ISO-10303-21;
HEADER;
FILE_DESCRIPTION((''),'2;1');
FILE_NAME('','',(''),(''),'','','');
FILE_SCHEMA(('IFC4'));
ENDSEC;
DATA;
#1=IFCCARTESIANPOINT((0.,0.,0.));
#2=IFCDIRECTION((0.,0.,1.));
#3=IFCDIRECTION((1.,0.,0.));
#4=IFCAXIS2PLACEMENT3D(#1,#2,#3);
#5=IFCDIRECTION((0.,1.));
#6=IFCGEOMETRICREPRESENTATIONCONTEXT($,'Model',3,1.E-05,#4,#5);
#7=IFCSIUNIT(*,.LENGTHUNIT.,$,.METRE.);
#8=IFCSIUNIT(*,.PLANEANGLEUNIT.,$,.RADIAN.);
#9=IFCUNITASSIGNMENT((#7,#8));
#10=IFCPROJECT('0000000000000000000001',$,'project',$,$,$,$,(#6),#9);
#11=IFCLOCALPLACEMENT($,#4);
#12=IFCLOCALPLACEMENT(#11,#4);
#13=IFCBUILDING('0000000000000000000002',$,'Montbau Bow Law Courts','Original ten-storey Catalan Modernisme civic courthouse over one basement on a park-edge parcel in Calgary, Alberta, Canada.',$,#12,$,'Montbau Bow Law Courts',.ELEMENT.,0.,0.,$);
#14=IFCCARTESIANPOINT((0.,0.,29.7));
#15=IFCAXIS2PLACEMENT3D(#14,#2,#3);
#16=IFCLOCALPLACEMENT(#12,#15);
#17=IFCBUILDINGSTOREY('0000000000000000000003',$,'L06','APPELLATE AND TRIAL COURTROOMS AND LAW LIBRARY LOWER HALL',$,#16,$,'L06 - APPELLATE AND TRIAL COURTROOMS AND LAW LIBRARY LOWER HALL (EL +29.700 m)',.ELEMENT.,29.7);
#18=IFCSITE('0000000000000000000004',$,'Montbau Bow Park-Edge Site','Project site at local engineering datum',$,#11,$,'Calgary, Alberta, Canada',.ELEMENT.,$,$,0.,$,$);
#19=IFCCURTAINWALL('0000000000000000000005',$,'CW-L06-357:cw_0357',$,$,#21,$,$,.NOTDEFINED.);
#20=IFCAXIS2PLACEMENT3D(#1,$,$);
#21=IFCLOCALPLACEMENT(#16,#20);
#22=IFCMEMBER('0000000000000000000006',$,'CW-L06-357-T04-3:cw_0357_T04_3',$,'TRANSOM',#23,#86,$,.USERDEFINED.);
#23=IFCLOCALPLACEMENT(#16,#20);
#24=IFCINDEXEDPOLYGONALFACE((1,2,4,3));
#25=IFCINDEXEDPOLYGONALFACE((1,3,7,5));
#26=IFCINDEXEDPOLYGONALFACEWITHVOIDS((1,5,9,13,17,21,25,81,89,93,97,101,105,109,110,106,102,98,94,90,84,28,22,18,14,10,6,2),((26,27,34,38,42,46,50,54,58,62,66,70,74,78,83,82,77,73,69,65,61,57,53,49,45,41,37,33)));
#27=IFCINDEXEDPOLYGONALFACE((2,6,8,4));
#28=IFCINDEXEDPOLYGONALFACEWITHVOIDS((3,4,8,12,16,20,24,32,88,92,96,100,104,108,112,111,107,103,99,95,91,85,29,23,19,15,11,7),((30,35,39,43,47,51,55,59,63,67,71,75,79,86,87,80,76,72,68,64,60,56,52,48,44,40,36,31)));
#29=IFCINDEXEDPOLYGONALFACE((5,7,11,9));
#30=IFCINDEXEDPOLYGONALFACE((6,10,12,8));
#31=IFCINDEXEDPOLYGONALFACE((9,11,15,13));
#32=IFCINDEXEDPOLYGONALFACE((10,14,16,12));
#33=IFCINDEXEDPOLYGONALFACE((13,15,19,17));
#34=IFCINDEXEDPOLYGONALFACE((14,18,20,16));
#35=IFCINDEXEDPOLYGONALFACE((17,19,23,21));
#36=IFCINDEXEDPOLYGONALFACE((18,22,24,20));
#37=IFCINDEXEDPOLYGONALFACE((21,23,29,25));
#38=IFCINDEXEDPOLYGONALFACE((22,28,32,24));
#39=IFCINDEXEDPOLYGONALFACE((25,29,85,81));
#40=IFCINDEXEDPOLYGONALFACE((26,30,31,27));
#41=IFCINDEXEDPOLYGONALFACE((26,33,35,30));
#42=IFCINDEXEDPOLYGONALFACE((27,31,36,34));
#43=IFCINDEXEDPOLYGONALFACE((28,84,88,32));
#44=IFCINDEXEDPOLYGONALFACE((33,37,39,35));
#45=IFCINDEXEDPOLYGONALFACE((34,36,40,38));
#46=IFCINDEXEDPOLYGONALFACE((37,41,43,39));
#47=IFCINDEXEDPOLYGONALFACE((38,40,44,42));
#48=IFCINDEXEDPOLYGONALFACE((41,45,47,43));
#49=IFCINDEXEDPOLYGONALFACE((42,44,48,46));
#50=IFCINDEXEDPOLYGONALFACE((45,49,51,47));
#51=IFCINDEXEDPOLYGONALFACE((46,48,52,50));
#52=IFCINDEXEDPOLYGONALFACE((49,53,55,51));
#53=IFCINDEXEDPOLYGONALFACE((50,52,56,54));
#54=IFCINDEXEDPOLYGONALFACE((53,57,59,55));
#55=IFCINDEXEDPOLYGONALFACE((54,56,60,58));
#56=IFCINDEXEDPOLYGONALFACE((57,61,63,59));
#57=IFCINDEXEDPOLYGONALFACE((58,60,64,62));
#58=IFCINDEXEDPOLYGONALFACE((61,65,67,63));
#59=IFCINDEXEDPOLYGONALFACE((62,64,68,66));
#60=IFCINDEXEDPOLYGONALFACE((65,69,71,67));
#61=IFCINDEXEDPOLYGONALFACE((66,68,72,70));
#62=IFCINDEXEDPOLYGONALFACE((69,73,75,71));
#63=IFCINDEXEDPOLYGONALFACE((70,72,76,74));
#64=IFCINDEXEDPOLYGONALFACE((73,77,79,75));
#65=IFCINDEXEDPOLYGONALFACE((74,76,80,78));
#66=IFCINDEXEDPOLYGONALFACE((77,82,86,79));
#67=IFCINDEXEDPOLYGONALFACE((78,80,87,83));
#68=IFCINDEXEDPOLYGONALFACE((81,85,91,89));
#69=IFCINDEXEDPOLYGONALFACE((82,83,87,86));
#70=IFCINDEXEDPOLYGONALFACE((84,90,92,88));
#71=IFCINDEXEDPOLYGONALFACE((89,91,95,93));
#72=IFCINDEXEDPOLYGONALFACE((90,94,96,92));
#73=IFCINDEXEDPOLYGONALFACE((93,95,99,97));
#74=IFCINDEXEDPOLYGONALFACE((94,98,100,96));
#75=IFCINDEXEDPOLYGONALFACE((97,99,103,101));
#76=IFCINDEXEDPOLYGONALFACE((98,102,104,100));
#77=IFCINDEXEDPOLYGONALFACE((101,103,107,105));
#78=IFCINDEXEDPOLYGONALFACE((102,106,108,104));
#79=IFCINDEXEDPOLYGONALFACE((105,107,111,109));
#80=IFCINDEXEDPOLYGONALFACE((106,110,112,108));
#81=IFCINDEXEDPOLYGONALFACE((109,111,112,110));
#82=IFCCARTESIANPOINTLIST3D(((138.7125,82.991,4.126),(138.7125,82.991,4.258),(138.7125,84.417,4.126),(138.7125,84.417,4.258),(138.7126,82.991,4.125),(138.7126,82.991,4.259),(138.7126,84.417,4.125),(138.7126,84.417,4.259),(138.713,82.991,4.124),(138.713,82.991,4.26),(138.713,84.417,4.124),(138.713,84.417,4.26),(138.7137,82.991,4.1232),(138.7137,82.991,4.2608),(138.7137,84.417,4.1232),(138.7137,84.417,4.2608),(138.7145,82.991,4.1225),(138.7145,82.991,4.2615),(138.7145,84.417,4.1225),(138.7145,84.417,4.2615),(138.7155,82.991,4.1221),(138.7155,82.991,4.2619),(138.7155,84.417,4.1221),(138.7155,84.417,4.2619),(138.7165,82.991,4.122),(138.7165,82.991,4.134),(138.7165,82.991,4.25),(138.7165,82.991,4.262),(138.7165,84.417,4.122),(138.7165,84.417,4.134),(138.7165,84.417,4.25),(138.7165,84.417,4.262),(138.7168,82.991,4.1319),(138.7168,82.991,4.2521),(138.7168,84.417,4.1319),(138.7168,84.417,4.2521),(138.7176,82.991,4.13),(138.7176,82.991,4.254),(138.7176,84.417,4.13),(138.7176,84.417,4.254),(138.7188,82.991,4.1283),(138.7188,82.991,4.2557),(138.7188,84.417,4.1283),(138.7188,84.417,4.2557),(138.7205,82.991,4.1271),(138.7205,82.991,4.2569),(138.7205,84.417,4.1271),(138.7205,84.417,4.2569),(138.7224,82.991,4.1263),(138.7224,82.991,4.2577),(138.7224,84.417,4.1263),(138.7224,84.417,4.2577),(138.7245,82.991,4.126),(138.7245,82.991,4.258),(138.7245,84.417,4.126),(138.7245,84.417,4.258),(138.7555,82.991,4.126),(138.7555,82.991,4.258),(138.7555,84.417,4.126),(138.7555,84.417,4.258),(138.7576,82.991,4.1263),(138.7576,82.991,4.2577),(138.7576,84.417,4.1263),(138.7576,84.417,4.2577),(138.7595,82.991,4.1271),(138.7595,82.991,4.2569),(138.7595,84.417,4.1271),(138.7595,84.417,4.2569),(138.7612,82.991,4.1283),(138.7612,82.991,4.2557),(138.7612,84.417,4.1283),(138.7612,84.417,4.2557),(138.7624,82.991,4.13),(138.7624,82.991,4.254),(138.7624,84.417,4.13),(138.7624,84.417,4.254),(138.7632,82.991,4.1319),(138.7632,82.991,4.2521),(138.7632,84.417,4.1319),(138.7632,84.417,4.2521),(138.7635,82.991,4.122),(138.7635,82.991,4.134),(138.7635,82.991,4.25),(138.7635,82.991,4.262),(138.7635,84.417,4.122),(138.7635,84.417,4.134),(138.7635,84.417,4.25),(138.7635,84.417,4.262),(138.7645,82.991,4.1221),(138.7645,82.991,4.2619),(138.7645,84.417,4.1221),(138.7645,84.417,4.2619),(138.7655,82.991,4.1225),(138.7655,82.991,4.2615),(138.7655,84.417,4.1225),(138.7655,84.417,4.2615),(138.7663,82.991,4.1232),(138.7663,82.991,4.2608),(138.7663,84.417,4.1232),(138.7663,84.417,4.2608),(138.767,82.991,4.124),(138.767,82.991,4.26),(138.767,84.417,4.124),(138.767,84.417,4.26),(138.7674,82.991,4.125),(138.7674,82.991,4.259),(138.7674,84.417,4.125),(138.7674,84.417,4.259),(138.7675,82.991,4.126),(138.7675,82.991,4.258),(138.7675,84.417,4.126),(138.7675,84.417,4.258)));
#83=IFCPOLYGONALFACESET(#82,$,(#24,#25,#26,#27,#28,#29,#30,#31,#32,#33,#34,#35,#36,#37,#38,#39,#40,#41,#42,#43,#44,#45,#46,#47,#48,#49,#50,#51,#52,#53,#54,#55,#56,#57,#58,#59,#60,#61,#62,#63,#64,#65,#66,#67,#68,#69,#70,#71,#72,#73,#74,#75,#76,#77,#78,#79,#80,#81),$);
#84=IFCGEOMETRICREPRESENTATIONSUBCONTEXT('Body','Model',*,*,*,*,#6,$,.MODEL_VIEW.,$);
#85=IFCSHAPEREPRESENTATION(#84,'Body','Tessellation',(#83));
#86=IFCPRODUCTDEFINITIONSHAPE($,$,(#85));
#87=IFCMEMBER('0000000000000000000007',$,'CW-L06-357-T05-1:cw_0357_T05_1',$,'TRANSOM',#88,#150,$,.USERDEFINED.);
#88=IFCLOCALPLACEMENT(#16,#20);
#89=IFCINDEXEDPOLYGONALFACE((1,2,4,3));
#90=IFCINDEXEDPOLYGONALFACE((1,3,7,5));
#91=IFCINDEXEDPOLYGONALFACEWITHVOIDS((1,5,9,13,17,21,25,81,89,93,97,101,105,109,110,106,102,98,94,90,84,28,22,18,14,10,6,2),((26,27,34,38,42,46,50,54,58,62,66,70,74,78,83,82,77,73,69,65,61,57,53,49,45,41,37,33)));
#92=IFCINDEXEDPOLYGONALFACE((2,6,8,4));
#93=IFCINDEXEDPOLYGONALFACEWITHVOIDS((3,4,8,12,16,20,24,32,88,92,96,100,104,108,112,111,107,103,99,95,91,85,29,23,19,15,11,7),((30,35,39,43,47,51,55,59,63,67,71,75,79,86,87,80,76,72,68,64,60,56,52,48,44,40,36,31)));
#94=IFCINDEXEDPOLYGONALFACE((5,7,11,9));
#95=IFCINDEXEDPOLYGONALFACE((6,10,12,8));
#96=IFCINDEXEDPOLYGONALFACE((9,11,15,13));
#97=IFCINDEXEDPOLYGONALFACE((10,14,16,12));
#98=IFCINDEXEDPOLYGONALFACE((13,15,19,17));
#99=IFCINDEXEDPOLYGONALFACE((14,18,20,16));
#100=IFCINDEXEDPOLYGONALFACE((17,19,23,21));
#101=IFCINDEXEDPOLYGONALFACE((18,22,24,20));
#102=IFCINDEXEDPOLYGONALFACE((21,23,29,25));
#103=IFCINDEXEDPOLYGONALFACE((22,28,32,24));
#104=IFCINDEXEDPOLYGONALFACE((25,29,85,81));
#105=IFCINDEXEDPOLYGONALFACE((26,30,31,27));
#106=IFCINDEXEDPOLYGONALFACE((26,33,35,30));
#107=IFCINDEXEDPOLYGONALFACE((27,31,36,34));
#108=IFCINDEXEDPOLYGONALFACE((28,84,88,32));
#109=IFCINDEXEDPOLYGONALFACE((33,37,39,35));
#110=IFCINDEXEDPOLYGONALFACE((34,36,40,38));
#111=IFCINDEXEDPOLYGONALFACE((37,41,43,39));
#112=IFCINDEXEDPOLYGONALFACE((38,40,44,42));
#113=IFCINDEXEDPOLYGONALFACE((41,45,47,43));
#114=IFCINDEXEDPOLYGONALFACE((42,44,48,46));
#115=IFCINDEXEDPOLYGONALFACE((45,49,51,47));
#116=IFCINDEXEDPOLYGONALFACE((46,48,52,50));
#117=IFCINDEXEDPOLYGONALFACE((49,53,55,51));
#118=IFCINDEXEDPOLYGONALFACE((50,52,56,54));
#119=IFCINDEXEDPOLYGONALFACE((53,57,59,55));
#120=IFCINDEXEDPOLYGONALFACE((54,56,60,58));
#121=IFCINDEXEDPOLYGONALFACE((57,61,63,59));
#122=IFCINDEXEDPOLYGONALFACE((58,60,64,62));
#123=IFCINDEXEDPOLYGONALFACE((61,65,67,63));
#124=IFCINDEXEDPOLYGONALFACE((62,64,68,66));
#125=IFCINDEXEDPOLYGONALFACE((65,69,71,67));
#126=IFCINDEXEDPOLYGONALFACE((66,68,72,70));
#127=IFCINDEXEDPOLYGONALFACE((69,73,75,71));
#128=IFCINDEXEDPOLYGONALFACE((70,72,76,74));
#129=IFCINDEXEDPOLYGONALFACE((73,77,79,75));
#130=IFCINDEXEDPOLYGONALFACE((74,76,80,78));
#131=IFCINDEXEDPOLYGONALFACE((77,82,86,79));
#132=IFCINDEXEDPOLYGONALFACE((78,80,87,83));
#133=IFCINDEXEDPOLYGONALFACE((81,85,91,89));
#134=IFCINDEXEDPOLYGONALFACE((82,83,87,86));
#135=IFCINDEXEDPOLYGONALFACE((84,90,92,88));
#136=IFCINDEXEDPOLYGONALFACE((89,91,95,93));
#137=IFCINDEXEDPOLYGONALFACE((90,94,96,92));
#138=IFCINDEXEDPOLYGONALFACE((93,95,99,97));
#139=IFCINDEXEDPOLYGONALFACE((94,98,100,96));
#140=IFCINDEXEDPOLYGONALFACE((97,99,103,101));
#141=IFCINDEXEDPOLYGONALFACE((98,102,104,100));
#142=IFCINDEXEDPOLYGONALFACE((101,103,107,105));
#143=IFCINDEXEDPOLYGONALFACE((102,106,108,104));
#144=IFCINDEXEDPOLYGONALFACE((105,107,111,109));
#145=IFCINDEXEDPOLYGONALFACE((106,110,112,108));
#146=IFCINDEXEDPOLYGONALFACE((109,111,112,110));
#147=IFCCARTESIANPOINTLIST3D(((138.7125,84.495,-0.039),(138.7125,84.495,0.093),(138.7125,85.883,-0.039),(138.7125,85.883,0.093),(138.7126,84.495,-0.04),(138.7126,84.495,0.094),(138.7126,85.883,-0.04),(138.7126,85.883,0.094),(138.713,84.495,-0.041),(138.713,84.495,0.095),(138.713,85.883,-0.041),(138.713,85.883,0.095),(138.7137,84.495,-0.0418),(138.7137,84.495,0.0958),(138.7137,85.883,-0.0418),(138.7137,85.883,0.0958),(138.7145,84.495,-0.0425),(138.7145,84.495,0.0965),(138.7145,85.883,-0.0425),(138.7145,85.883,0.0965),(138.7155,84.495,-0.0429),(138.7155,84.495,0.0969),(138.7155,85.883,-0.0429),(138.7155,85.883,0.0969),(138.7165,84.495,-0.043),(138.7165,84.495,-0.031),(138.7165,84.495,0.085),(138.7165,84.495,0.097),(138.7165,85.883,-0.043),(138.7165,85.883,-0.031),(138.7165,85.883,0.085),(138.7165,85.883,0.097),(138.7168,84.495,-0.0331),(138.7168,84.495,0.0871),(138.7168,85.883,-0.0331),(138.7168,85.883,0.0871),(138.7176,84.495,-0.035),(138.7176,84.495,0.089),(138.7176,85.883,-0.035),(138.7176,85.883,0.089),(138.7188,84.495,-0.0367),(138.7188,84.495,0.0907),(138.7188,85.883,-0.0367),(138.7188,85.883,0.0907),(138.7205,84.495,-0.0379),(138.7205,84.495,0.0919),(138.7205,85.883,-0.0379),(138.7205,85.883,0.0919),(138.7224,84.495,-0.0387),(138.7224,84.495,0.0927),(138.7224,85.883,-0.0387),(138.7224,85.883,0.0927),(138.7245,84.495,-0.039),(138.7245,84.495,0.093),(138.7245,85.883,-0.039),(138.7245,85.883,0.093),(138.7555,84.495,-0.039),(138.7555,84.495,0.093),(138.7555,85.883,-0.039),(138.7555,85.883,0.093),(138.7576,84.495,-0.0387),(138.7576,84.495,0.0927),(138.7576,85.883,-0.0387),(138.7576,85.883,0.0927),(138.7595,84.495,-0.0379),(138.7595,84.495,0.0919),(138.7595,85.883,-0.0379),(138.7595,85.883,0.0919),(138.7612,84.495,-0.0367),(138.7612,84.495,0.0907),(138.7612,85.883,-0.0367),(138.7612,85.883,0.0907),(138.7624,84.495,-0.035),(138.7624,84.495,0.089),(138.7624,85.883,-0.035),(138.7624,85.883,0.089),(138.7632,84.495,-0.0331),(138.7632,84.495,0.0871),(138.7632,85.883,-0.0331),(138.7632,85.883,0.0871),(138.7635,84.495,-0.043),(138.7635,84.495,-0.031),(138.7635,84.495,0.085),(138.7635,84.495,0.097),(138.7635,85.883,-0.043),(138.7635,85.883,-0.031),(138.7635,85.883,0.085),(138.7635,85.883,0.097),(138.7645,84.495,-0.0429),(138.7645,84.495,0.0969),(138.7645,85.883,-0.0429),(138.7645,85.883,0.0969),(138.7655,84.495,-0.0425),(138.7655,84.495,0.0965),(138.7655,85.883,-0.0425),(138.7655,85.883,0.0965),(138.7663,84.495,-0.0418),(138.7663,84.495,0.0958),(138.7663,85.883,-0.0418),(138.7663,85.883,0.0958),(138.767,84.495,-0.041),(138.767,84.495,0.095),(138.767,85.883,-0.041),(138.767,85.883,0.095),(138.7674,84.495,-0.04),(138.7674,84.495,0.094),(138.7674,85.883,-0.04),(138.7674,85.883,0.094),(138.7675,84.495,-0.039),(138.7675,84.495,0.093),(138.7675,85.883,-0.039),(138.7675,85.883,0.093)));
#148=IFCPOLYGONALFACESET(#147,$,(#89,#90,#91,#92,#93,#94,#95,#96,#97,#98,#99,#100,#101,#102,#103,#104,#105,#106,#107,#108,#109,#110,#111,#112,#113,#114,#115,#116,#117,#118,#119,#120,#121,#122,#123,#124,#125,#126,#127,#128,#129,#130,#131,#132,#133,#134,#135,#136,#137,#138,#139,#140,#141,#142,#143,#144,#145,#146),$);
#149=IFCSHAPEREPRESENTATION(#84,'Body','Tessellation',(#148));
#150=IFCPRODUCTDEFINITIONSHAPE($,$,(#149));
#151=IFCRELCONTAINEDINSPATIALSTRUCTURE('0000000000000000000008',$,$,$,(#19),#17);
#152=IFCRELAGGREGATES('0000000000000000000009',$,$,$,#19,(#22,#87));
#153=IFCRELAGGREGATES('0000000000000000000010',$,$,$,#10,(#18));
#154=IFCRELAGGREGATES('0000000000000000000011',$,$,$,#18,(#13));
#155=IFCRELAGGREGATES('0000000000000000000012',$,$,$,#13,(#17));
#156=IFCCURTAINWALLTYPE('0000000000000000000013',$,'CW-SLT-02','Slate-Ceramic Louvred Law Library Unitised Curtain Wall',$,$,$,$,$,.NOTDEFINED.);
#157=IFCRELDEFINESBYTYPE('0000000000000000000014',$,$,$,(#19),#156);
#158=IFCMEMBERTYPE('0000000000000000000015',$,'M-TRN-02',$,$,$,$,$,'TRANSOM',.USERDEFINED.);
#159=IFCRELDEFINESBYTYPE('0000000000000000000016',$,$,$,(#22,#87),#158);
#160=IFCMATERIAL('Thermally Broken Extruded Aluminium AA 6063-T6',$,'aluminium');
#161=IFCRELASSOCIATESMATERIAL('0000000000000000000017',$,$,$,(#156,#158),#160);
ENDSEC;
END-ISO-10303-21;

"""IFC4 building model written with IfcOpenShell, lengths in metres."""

from ifc_helpers import new_model, si_unit, direction, frame, origin_with_axes, origin_2d_with_axis, place, context, subcontext, project, spatial, hollow_rectangle, extrude, material, material_profile, profile_set, type_object, element, aggregate, save


model = new_model("IFC4")

# Units and contexts
model_context = context("Model", 3, precision=1e-05, world=origin_with_axes(), true_north=direction((0.0, 1.0)))
body_context = subcontext(model_context, "Body", "Model", "MODEL_VIEW")
ifc_project = project(units=[si_unit("LENGTHUNIT", "METRE"), si_unit("PLANEANGLEUNIT", "RADIAN")], contexts=[model_context])

# Site, building, storey
site_placement = place(None, origin_with_axes())
site = spatial("IfcSite", under=ifc_project, at=site_placement, Name="Montbau Bow Park-Edge Site", Description="Project site at local engineering datum", LongName="Calgary, Alberta, Canada", CompositionType="ELEMENT", RefElevation=0.0)
building_placement = place(site_placement, origin_with_axes())
building = spatial("IfcBuilding", under=site, at=building_placement, Name="Montbau Bow Law Courts", Description="Original ten-storey Catalan Modernisme civic courthouse over one basement on a park-edge parcel in Calgary, Alberta, Canada.", LongName="Montbau Bow Law Courts", CompositionType="ELEMENT", ElevationOfRefHeight=0.0, ElevationOfTerrain=0.0)
storey_placement = place(building_placement, frame((0.0, 0.0, 29.7), z_axis=(0.0, 0.0, 1.0), x_axis=(1.0, 0.0, 0.0)))
storey = spatial("IfcBuildingStorey", under=building, at=storey_placement, Name="L06", Description="APPELLATE AND TRIAL COURTROOMS AND LAW LIBRARY LOWER HALL", LongName="L06 - APPELLATE AND TRIAL COURTROOMS AND LAW LIBRARY LOWER HALL (EL +29.700 m)", CompositionType="ELEMENT", Elevation=29.7)

# Curtain wall
ifc_material_1 = material(Name="Thermally Broken Extruded Aluminium AA 6063-T6", Category="aluminium")
curtain_wall_type = type_object("IfcCurtainWallType", Name="CW-SLT-02", Description="Slate-Ceramic Louvred Law Library Unitised Curtain Wall", PredefinedType="NOTDEFINED", material=ifc_material_1)
curtain_wall_1_placement = place(None, frame((138.74, 78.44, 29.7), z_axis=(0.0, 0.0, 1.0), x_axis=(1.0, 0.0, 0.0)))
curtain_wall_1 = element("IfcCurtainWall", 1, at=curtain_wall_1_placement, inside=storey, type_object=curtain_wall_type, Name="CW-L06-357:cw_0357", PredefinedType="NOTDEFINED")

# Members
ifc_material_profile_1 = material_profile(ifc_material_1, hollow_rectangle(XDim=0.055, YDim=0.14, WallThickness=0.004, InnerFilletRadius=0.008, OuterFilletRadius=0.004, at=origin_2d_with_axis()), Name="CWT-140X55", Category="Main", Priority=0)
ifc_profile_set_1 = profile_set([ifc_material_profile_1], Name="Thermally Broken Extruded Aluminium AA 6063-T6")
member_type_1 = type_object("IfcMemberType", Name="M-TRN-02", ElementType="TRANSOM", PredefinedType="USERDEFINED", material=ifc_profile_set_1)
member_1_placement = place(None, frame((138.74, 82.991, 33.892), z_axis=(0.0, 1.0, 0.0), x_axis=(-1.0, 0.0, 0.0)))
member_1 = element("IfcMember", 2, at=member_1_placement, type_object=member_type_1, Name="CW-L06-357-T04-3:cw_0357_T04_3", ObjectType="TRANSOM", PredefinedType="USERDEFINED", context=body_context, shape_type="SweptSolid", body=[
    extrude(hollow_rectangle(XDim=0.055, YDim=0.14, WallThickness=0.004, InnerFilletRadius=0.008, OuterFilletRadius=0.004, at=origin_2d_with_axis()), origin_with_axes(), (0.0, 0.0, 1.0), 1.426),
])
member_2_placement = place(None, frame((138.74, 84.495, 29.727), z_axis=(0.0, 1.0, 0.0), x_axis=(-1.0, 0.0, 0.0)))
member_2 = element("IfcMember", 3, at=member_2_placement, type_object=member_type_1, Name="CW-L06-357-T05-1:cw_0357_T05_1", ObjectType="TRANSOM", PredefinedType="USERDEFINED", context=body_context, shape_type="SweptSolid", body=[
    extrude(hollow_rectangle(XDim=0.055, YDim=0.14, WallThickness=0.004, InnerFilletRadius=0.008, OuterFilletRadius=0.004, at=origin_2d_with_axis()), origin_with_axes(), (0.0, 0.0, 1.0), 1.388),
])

aggregate(curtain_wall_1, [member_1, member_2])

save(model, "model.ifc")
